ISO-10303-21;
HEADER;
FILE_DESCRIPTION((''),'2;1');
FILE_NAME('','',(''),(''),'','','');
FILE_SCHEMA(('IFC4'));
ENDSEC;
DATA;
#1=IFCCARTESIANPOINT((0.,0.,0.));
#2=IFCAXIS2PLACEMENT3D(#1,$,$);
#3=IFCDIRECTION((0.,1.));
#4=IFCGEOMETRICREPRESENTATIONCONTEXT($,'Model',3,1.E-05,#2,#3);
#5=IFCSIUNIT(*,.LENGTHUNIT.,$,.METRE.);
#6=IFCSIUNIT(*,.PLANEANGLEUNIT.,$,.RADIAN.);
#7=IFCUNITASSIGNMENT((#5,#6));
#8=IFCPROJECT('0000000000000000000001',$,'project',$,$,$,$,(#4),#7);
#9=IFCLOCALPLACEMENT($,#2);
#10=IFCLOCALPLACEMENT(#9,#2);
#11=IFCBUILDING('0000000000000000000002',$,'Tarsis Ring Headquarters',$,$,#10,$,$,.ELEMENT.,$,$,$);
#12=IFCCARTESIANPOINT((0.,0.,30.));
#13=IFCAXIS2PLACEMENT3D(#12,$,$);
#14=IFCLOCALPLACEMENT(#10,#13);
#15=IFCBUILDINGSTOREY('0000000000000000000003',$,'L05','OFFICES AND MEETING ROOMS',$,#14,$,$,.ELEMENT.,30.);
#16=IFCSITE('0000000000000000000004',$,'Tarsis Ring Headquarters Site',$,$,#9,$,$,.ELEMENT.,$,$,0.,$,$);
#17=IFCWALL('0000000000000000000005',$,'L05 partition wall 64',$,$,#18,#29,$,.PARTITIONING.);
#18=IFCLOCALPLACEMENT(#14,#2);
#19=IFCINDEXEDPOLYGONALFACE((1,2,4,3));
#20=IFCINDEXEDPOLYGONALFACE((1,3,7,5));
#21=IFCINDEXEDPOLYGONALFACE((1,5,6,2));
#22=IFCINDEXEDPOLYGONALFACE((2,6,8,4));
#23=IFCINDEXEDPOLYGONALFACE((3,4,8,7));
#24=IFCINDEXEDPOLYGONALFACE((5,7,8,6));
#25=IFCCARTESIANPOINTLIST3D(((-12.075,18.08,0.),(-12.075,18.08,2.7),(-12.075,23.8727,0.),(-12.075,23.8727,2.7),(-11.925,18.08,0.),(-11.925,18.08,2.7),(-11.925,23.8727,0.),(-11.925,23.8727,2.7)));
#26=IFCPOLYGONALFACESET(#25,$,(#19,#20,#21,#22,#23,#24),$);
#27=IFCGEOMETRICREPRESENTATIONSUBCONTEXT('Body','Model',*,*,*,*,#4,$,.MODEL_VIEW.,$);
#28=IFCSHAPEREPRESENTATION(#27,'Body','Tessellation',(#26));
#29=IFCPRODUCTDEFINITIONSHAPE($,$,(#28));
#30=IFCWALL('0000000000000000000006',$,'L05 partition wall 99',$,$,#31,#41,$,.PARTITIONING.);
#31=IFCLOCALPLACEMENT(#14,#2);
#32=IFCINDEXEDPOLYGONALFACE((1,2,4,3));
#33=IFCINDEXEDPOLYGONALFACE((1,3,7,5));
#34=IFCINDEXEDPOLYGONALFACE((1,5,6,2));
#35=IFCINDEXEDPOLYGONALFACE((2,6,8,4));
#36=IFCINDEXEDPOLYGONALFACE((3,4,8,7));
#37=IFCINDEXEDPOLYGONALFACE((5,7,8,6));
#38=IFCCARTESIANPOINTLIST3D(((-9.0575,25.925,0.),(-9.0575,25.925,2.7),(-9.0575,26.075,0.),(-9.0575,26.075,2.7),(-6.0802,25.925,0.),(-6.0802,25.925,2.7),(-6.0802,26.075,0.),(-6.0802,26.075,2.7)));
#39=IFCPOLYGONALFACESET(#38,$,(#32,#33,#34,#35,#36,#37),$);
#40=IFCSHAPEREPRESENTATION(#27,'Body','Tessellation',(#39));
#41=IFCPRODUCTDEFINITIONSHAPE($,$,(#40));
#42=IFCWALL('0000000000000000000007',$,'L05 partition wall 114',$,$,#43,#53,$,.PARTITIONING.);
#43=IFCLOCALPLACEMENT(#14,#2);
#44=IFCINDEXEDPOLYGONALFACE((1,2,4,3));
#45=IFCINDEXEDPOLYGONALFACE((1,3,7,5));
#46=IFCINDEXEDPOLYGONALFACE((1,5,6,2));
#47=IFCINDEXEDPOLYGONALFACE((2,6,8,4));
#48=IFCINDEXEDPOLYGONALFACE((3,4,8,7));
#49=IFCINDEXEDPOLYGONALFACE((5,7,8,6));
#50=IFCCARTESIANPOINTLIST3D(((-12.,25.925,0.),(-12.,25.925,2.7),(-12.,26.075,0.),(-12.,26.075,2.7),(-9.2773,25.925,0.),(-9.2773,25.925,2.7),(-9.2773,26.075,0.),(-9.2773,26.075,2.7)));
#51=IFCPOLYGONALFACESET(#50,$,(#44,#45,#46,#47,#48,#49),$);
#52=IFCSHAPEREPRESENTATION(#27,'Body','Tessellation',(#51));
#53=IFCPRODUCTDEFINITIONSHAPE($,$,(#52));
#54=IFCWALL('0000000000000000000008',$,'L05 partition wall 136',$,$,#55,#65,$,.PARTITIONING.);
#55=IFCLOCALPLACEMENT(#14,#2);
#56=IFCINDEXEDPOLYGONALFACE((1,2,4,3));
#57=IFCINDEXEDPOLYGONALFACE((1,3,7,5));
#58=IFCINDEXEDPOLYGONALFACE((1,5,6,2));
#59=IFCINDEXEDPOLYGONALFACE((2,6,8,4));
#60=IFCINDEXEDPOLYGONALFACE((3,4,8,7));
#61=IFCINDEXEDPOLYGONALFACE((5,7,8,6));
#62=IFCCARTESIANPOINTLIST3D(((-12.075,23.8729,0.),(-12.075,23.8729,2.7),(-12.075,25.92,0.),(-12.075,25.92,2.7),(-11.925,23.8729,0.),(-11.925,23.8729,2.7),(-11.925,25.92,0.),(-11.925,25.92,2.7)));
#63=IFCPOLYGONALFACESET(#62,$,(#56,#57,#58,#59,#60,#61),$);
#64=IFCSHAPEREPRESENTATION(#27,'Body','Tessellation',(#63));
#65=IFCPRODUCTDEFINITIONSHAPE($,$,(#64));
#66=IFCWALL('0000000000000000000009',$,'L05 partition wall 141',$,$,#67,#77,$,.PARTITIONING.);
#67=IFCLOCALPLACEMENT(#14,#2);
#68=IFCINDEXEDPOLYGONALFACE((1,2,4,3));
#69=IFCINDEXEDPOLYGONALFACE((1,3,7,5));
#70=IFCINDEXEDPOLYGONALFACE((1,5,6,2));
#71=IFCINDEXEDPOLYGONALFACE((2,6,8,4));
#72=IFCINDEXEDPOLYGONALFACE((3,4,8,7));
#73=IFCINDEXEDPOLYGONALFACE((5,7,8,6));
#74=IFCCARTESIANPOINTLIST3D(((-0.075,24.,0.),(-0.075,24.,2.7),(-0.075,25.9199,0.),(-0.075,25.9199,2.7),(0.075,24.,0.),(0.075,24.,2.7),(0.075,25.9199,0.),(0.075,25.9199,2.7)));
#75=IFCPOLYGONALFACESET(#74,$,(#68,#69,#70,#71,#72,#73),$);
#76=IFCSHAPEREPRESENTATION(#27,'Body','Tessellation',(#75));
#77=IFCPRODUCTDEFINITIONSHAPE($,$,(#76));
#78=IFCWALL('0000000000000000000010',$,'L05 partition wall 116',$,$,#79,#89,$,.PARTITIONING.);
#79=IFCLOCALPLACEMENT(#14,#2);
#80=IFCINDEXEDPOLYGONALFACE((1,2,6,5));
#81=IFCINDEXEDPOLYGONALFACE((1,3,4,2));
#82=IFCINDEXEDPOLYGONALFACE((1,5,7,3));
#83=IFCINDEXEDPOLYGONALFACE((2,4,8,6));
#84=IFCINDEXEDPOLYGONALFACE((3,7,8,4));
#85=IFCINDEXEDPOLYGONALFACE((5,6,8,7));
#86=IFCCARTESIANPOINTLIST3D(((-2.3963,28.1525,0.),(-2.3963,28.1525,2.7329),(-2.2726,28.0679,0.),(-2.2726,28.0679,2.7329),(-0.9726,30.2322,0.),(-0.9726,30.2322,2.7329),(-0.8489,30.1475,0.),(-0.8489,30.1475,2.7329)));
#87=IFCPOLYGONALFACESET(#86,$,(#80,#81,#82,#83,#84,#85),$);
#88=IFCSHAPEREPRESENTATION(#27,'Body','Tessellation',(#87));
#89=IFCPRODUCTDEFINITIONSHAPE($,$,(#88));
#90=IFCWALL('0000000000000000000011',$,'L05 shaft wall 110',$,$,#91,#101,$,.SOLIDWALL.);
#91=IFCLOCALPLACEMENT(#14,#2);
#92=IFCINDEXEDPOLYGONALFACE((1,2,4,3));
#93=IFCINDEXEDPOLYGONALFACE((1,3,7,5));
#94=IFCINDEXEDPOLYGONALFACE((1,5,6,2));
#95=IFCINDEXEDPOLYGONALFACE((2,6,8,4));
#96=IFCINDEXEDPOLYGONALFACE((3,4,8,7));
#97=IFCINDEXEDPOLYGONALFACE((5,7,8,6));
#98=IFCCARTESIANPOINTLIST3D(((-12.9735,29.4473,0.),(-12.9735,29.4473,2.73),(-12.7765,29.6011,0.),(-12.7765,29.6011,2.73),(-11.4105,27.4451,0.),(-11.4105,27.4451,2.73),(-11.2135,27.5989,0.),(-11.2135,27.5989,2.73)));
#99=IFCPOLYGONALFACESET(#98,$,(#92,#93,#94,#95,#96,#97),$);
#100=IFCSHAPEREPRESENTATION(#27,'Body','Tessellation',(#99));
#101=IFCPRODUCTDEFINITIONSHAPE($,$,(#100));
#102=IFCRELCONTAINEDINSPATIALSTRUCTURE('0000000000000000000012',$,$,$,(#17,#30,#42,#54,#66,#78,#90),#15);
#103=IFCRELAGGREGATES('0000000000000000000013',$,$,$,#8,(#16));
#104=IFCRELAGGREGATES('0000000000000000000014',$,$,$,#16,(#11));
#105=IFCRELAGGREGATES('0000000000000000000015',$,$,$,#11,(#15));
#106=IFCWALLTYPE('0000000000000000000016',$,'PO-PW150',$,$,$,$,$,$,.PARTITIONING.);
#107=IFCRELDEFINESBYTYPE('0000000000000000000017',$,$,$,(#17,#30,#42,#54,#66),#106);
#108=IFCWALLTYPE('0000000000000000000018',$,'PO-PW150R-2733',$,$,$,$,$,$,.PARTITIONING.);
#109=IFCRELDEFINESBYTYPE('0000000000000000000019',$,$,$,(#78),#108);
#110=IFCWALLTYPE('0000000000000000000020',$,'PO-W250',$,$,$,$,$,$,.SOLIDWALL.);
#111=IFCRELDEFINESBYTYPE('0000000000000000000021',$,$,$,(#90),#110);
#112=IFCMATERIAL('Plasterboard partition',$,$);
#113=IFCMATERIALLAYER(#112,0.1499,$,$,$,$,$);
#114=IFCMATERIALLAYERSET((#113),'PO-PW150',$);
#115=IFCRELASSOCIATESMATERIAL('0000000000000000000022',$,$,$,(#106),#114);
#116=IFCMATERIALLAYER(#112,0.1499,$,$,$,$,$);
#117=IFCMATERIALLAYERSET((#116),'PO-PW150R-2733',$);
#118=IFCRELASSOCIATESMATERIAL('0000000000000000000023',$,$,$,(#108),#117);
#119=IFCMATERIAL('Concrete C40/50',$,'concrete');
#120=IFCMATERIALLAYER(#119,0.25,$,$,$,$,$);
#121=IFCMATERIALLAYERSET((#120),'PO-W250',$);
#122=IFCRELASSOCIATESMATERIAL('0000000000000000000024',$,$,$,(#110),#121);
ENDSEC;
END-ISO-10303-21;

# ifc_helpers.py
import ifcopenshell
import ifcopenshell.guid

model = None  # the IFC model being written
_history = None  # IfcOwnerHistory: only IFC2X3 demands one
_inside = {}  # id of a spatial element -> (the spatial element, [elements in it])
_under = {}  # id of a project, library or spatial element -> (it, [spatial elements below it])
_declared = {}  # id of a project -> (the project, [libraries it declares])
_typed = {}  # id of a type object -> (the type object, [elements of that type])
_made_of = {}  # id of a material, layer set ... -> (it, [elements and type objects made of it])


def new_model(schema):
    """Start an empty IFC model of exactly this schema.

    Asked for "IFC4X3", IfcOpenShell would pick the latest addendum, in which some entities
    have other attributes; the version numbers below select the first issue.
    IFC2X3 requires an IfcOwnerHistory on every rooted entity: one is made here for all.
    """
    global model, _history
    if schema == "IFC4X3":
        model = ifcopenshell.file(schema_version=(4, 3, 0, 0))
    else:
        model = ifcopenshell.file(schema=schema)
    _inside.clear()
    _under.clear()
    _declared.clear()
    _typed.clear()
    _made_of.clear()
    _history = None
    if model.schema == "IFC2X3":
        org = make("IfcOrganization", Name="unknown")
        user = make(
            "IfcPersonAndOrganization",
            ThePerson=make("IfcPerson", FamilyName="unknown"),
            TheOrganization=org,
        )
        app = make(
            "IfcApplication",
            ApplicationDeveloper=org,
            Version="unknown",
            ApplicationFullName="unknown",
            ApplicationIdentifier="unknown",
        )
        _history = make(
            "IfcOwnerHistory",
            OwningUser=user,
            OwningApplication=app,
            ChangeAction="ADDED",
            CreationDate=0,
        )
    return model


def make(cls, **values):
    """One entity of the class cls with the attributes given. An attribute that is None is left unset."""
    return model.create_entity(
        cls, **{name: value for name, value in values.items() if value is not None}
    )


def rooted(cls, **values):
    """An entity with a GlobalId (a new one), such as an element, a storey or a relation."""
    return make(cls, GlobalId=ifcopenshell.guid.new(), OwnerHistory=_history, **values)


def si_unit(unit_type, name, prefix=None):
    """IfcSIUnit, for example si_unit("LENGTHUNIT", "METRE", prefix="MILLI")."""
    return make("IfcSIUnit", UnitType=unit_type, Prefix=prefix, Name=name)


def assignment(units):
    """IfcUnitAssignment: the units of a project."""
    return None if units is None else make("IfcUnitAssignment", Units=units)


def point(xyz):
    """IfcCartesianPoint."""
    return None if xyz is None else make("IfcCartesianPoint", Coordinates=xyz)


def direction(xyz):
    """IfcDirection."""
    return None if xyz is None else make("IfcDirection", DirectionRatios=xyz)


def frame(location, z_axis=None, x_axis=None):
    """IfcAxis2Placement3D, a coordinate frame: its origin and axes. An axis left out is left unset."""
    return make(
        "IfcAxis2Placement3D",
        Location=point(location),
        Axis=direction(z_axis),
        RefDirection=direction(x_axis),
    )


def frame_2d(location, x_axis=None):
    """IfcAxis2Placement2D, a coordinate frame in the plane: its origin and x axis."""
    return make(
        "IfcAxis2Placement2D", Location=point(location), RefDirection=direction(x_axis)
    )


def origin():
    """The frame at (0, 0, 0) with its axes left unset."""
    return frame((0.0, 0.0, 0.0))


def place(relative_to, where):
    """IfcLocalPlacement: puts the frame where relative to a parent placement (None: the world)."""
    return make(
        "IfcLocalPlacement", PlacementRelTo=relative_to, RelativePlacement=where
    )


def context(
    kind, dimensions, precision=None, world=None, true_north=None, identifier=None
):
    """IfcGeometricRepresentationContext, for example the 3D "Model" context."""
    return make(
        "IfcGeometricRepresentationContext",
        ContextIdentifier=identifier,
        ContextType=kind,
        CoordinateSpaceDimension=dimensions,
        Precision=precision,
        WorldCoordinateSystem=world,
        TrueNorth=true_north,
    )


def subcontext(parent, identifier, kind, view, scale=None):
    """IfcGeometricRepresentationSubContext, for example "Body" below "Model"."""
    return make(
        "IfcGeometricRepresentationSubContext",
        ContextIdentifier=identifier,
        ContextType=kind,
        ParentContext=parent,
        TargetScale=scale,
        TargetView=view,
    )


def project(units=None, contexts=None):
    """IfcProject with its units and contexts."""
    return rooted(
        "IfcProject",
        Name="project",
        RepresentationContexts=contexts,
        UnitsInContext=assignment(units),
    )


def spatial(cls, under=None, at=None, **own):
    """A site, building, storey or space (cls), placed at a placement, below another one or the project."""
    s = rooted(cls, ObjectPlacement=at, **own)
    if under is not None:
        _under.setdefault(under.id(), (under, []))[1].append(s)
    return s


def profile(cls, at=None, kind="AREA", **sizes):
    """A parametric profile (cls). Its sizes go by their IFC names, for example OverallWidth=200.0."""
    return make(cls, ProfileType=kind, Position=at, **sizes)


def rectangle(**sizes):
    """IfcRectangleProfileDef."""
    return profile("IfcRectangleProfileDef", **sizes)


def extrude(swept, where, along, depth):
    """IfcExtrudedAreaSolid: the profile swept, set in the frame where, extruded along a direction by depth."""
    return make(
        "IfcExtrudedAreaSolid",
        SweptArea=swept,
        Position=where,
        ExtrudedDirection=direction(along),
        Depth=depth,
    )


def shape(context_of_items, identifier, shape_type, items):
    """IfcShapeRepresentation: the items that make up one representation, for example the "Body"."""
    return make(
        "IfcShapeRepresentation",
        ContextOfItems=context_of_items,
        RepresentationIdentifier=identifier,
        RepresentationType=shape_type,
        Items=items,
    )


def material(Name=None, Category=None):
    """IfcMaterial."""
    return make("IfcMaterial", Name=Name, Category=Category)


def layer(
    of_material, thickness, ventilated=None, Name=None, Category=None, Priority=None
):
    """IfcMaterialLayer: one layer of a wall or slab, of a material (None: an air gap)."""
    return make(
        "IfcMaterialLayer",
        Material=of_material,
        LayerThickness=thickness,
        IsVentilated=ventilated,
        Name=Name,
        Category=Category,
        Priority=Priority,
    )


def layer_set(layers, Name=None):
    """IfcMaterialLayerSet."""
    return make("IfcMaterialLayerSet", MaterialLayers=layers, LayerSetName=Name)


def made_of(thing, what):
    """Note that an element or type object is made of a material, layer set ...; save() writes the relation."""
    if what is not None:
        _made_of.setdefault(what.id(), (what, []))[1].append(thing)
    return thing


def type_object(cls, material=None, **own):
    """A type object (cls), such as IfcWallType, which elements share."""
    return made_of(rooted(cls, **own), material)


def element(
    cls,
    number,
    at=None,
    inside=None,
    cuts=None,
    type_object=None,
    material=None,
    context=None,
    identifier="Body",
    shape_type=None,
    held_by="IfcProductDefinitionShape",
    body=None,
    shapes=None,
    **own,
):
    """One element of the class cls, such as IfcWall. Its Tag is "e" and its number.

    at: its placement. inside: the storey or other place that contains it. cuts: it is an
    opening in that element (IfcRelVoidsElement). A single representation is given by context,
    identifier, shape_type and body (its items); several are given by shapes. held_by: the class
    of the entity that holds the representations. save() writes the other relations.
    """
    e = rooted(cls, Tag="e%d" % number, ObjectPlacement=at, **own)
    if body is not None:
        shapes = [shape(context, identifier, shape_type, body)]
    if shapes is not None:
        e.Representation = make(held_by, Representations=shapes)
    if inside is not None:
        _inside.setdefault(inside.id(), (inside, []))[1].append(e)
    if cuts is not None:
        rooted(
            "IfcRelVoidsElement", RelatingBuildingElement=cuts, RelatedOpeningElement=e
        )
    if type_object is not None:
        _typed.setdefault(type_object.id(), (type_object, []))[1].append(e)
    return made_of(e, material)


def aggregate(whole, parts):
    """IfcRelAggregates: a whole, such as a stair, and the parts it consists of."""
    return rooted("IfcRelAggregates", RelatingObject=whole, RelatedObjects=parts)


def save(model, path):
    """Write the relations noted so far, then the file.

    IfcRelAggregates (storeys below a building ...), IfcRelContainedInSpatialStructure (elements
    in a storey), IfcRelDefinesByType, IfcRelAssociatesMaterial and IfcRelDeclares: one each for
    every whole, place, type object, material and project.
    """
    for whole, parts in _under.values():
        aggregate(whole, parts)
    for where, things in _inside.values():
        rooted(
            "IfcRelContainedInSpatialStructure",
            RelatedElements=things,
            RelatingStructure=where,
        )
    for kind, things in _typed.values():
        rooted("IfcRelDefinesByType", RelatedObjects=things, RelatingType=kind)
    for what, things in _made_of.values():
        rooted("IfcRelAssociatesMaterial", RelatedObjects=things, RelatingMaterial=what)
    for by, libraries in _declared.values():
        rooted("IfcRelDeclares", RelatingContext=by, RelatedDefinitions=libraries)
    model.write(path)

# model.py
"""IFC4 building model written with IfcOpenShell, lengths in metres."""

from ifc_helpers import new_model, si_unit, direction, frame, frame_2d, origin, place, context, subcontext, project, spatial, rectangle, extrude, material, layer, layer_set, type_object, element, save


model = new_model("IFC4")

# Units and contexts
model_context = context("Model", 3, precision=1e-05, world=origin(), true_north=direction((0.0, 1.0)))
body_context = subcontext(model_context, "Body", "Model", "MODEL_VIEW")
ifc_project = project(units=[si_unit("LENGTHUNIT", "METRE"), si_unit("PLANEANGLEUNIT", "RADIAN")], contexts=[model_context])

# Site, building, storey
site_placement = place(None, origin())
site = spatial("IfcSite", under=ifc_project, at=site_placement, Name="Tarsis Ring Headquarters Site", CompositionType="ELEMENT", RefElevation=0.0)
building_placement = place(site_placement, origin())
building = spatial("IfcBuilding", under=site, at=building_placement, Name="Tarsis Ring Headquarters", CompositionType="ELEMENT")
storey_placement = place(building_placement, frame((0.0, 0.0, 30.0)))
storey = spatial("IfcBuildingStorey", under=building, at=storey_placement, Name="L05", Description="OFFICES AND MEETING ROOMS", CompositionType="ELEMENT", Elevation=30.0)

# Shared definitions
ifc_material_1 = material(Name="Concrete C40/50", Category="concrete")

# Walls
ifc_material_2 = material(Name="Plasterboard partition")
ifc_layer_1 = layer(ifc_material_2, 0.1499)
ifc_layer_set_1 = layer_set([ifc_layer_1], Name="PO-PW150")
wall_type_1 = type_object("IfcWallType", Name="PO-PW150", PredefinedType="PARTITIONING", material=ifc_layer_set_1)
wall_1_placement = place(storey_placement, frame((-12.0, 23.8728, 0.0), z_axis=(0.0, 0.0, 1.0), x_axis=(0.0, -1.0, 0.0)))
element("IfcWall", 1, at=wall_1_placement, inside=storey, type_object=wall_type_1, Name="L05 partition wall 64", PredefinedType="PARTITIONING", context=body_context, shape_type="SweptSolid", body=[
    extrude(rectangle(XDim=5.7927, YDim=0.1499, at=frame_2d((2.8965, 0.0))), origin(), (0.0, 0.0, 1.0), 2.7),
])
wall_2_placement = place(storey_placement, frame((-6.0801, 26.0, 0.0), z_axis=(0.0, 0.0, 1.0), x_axis=(-1.0, 0.0, 0.0)))
element("IfcWall", 2, at=wall_2_placement, inside=storey, type_object=wall_type_1, Name="L05 partition wall 99", PredefinedType="PARTITIONING", context=body_context, shape_type="SweptSolid", body=[
    extrude(rectangle(XDim=2.9773, YDim=0.1499, at=frame_2d((1.4888, 0.0))), origin(), (0.0, 0.0, 1.0), 2.7),
])
wall_3_placement = place(storey_placement, frame((-9.2773, 26.0, 0.0), z_axis=(0.0, 0.0, 1.0), x_axis=(-1.0, 0.0, 0.0)))
element("IfcWall", 3, at=wall_3_placement, inside=storey, type_object=wall_type_1, Name="L05 partition wall 114", PredefinedType="PARTITIONING", context=body_context, shape_type="SweptSolid", body=[
    extrude(rectangle(XDim=2.7227, YDim=0.1499, at=frame_2d((1.3613, 0.0))), origin(), (0.0, 0.0, 1.0), 2.7),
])
wall_4_placement = place(storey_placement, frame((-12.0, 25.9199, 0.0), z_axis=(0.0, 0.0, 1.0), x_axis=(0.0, -1.0, 0.0)))
element("IfcWall", 4, at=wall_4_placement, inside=storey, type_object=wall_type_1, Name="L05 partition wall 136", PredefinedType="PARTITIONING", context=body_context, shape_type="SweptSolid", body=[
    extrude(rectangle(XDim=2.0471, YDim=0.1499, at=frame_2d((1.0234, 0.0))), origin(), (0.0, 0.0, 1.0), 2.7),
])
wall_5_placement = place(storey_placement, frame((0.0, 24.0, 0.0), z_axis=(0.0, 0.0, 1.0), x_axis=(0.0, 1.0, 0.0)))
element("IfcWall", 5, at=wall_5_placement, inside=storey, type_object=wall_type_1, Name="L05 partition wall 141", PredefinedType="PARTITIONING", context=body_context, shape_type="SweptSolid", body=[
    extrude(rectangle(XDim=1.9199, YDim=0.1499, at=frame_2d((0.96, 0.0))), origin(), (0.0, 0.0, 1.0), 2.7),
])
ifc_layer_2 = layer(ifc_material_2, 0.1499)
ifc_layer_set_2 = layer_set([ifc_layer_2], Name="PO-PW150R-2733")
wall_type_2 = type_object("IfcWallType", Name="PO-PW150R-2733", PredefinedType="PARTITIONING", material=ifc_layer_set_2)
wall_6_placement = place(storey_placement, frame((-2.3345, 28.1101, 0.0), z_axis=(0.0, 0.0, 1.0), x_axis=(0.564875, 0.825177, 0.0)))
element("IfcWall", 6, at=wall_6_placement, inside=storey, type_object=wall_type_2, Name="L05 partition wall 116", PredefinedType="PARTITIONING", context=body_context, shape_type="SweptSolid", body=[
    extrude(rectangle(XDim=2.5203, YDim=0.1499, at=frame_2d((1.2603, 0.0))), origin(), (0.0, 0.0, 1.0), 2.7329),
])
ifc_layer_3 = layer(ifc_material_1, 0.25)
ifc_layer_set_3 = layer_set([ifc_layer_3], Name="PO-W250")
wall_type_3 = type_object("IfcWallType", Name="PO-W250", PredefinedType="SOLIDWALL", material=ifc_layer_set_3)
wall_7_placement = place(storey_placement, frame((-11.312, 27.522, 0.0), z_axis=(0.0, 0.0, 1.0), x_axis=(-0.615344, 0.788259, 0.0)))
element("IfcWall", 7, at=wall_7_placement, inside=storey, type_object=wall_type_3, Name="L05 shaft wall 110", PredefinedType="SOLIDWALL", context=body_context, shape_type="SweptSolid", body=[
    extrude(rectangle(XDim=2.54, YDim=0.25, at=frame_2d((1.27, 0.0))), origin(), (0.0, 0.0, 1.0), 2.73),
])

save(model, "model.ifc")
